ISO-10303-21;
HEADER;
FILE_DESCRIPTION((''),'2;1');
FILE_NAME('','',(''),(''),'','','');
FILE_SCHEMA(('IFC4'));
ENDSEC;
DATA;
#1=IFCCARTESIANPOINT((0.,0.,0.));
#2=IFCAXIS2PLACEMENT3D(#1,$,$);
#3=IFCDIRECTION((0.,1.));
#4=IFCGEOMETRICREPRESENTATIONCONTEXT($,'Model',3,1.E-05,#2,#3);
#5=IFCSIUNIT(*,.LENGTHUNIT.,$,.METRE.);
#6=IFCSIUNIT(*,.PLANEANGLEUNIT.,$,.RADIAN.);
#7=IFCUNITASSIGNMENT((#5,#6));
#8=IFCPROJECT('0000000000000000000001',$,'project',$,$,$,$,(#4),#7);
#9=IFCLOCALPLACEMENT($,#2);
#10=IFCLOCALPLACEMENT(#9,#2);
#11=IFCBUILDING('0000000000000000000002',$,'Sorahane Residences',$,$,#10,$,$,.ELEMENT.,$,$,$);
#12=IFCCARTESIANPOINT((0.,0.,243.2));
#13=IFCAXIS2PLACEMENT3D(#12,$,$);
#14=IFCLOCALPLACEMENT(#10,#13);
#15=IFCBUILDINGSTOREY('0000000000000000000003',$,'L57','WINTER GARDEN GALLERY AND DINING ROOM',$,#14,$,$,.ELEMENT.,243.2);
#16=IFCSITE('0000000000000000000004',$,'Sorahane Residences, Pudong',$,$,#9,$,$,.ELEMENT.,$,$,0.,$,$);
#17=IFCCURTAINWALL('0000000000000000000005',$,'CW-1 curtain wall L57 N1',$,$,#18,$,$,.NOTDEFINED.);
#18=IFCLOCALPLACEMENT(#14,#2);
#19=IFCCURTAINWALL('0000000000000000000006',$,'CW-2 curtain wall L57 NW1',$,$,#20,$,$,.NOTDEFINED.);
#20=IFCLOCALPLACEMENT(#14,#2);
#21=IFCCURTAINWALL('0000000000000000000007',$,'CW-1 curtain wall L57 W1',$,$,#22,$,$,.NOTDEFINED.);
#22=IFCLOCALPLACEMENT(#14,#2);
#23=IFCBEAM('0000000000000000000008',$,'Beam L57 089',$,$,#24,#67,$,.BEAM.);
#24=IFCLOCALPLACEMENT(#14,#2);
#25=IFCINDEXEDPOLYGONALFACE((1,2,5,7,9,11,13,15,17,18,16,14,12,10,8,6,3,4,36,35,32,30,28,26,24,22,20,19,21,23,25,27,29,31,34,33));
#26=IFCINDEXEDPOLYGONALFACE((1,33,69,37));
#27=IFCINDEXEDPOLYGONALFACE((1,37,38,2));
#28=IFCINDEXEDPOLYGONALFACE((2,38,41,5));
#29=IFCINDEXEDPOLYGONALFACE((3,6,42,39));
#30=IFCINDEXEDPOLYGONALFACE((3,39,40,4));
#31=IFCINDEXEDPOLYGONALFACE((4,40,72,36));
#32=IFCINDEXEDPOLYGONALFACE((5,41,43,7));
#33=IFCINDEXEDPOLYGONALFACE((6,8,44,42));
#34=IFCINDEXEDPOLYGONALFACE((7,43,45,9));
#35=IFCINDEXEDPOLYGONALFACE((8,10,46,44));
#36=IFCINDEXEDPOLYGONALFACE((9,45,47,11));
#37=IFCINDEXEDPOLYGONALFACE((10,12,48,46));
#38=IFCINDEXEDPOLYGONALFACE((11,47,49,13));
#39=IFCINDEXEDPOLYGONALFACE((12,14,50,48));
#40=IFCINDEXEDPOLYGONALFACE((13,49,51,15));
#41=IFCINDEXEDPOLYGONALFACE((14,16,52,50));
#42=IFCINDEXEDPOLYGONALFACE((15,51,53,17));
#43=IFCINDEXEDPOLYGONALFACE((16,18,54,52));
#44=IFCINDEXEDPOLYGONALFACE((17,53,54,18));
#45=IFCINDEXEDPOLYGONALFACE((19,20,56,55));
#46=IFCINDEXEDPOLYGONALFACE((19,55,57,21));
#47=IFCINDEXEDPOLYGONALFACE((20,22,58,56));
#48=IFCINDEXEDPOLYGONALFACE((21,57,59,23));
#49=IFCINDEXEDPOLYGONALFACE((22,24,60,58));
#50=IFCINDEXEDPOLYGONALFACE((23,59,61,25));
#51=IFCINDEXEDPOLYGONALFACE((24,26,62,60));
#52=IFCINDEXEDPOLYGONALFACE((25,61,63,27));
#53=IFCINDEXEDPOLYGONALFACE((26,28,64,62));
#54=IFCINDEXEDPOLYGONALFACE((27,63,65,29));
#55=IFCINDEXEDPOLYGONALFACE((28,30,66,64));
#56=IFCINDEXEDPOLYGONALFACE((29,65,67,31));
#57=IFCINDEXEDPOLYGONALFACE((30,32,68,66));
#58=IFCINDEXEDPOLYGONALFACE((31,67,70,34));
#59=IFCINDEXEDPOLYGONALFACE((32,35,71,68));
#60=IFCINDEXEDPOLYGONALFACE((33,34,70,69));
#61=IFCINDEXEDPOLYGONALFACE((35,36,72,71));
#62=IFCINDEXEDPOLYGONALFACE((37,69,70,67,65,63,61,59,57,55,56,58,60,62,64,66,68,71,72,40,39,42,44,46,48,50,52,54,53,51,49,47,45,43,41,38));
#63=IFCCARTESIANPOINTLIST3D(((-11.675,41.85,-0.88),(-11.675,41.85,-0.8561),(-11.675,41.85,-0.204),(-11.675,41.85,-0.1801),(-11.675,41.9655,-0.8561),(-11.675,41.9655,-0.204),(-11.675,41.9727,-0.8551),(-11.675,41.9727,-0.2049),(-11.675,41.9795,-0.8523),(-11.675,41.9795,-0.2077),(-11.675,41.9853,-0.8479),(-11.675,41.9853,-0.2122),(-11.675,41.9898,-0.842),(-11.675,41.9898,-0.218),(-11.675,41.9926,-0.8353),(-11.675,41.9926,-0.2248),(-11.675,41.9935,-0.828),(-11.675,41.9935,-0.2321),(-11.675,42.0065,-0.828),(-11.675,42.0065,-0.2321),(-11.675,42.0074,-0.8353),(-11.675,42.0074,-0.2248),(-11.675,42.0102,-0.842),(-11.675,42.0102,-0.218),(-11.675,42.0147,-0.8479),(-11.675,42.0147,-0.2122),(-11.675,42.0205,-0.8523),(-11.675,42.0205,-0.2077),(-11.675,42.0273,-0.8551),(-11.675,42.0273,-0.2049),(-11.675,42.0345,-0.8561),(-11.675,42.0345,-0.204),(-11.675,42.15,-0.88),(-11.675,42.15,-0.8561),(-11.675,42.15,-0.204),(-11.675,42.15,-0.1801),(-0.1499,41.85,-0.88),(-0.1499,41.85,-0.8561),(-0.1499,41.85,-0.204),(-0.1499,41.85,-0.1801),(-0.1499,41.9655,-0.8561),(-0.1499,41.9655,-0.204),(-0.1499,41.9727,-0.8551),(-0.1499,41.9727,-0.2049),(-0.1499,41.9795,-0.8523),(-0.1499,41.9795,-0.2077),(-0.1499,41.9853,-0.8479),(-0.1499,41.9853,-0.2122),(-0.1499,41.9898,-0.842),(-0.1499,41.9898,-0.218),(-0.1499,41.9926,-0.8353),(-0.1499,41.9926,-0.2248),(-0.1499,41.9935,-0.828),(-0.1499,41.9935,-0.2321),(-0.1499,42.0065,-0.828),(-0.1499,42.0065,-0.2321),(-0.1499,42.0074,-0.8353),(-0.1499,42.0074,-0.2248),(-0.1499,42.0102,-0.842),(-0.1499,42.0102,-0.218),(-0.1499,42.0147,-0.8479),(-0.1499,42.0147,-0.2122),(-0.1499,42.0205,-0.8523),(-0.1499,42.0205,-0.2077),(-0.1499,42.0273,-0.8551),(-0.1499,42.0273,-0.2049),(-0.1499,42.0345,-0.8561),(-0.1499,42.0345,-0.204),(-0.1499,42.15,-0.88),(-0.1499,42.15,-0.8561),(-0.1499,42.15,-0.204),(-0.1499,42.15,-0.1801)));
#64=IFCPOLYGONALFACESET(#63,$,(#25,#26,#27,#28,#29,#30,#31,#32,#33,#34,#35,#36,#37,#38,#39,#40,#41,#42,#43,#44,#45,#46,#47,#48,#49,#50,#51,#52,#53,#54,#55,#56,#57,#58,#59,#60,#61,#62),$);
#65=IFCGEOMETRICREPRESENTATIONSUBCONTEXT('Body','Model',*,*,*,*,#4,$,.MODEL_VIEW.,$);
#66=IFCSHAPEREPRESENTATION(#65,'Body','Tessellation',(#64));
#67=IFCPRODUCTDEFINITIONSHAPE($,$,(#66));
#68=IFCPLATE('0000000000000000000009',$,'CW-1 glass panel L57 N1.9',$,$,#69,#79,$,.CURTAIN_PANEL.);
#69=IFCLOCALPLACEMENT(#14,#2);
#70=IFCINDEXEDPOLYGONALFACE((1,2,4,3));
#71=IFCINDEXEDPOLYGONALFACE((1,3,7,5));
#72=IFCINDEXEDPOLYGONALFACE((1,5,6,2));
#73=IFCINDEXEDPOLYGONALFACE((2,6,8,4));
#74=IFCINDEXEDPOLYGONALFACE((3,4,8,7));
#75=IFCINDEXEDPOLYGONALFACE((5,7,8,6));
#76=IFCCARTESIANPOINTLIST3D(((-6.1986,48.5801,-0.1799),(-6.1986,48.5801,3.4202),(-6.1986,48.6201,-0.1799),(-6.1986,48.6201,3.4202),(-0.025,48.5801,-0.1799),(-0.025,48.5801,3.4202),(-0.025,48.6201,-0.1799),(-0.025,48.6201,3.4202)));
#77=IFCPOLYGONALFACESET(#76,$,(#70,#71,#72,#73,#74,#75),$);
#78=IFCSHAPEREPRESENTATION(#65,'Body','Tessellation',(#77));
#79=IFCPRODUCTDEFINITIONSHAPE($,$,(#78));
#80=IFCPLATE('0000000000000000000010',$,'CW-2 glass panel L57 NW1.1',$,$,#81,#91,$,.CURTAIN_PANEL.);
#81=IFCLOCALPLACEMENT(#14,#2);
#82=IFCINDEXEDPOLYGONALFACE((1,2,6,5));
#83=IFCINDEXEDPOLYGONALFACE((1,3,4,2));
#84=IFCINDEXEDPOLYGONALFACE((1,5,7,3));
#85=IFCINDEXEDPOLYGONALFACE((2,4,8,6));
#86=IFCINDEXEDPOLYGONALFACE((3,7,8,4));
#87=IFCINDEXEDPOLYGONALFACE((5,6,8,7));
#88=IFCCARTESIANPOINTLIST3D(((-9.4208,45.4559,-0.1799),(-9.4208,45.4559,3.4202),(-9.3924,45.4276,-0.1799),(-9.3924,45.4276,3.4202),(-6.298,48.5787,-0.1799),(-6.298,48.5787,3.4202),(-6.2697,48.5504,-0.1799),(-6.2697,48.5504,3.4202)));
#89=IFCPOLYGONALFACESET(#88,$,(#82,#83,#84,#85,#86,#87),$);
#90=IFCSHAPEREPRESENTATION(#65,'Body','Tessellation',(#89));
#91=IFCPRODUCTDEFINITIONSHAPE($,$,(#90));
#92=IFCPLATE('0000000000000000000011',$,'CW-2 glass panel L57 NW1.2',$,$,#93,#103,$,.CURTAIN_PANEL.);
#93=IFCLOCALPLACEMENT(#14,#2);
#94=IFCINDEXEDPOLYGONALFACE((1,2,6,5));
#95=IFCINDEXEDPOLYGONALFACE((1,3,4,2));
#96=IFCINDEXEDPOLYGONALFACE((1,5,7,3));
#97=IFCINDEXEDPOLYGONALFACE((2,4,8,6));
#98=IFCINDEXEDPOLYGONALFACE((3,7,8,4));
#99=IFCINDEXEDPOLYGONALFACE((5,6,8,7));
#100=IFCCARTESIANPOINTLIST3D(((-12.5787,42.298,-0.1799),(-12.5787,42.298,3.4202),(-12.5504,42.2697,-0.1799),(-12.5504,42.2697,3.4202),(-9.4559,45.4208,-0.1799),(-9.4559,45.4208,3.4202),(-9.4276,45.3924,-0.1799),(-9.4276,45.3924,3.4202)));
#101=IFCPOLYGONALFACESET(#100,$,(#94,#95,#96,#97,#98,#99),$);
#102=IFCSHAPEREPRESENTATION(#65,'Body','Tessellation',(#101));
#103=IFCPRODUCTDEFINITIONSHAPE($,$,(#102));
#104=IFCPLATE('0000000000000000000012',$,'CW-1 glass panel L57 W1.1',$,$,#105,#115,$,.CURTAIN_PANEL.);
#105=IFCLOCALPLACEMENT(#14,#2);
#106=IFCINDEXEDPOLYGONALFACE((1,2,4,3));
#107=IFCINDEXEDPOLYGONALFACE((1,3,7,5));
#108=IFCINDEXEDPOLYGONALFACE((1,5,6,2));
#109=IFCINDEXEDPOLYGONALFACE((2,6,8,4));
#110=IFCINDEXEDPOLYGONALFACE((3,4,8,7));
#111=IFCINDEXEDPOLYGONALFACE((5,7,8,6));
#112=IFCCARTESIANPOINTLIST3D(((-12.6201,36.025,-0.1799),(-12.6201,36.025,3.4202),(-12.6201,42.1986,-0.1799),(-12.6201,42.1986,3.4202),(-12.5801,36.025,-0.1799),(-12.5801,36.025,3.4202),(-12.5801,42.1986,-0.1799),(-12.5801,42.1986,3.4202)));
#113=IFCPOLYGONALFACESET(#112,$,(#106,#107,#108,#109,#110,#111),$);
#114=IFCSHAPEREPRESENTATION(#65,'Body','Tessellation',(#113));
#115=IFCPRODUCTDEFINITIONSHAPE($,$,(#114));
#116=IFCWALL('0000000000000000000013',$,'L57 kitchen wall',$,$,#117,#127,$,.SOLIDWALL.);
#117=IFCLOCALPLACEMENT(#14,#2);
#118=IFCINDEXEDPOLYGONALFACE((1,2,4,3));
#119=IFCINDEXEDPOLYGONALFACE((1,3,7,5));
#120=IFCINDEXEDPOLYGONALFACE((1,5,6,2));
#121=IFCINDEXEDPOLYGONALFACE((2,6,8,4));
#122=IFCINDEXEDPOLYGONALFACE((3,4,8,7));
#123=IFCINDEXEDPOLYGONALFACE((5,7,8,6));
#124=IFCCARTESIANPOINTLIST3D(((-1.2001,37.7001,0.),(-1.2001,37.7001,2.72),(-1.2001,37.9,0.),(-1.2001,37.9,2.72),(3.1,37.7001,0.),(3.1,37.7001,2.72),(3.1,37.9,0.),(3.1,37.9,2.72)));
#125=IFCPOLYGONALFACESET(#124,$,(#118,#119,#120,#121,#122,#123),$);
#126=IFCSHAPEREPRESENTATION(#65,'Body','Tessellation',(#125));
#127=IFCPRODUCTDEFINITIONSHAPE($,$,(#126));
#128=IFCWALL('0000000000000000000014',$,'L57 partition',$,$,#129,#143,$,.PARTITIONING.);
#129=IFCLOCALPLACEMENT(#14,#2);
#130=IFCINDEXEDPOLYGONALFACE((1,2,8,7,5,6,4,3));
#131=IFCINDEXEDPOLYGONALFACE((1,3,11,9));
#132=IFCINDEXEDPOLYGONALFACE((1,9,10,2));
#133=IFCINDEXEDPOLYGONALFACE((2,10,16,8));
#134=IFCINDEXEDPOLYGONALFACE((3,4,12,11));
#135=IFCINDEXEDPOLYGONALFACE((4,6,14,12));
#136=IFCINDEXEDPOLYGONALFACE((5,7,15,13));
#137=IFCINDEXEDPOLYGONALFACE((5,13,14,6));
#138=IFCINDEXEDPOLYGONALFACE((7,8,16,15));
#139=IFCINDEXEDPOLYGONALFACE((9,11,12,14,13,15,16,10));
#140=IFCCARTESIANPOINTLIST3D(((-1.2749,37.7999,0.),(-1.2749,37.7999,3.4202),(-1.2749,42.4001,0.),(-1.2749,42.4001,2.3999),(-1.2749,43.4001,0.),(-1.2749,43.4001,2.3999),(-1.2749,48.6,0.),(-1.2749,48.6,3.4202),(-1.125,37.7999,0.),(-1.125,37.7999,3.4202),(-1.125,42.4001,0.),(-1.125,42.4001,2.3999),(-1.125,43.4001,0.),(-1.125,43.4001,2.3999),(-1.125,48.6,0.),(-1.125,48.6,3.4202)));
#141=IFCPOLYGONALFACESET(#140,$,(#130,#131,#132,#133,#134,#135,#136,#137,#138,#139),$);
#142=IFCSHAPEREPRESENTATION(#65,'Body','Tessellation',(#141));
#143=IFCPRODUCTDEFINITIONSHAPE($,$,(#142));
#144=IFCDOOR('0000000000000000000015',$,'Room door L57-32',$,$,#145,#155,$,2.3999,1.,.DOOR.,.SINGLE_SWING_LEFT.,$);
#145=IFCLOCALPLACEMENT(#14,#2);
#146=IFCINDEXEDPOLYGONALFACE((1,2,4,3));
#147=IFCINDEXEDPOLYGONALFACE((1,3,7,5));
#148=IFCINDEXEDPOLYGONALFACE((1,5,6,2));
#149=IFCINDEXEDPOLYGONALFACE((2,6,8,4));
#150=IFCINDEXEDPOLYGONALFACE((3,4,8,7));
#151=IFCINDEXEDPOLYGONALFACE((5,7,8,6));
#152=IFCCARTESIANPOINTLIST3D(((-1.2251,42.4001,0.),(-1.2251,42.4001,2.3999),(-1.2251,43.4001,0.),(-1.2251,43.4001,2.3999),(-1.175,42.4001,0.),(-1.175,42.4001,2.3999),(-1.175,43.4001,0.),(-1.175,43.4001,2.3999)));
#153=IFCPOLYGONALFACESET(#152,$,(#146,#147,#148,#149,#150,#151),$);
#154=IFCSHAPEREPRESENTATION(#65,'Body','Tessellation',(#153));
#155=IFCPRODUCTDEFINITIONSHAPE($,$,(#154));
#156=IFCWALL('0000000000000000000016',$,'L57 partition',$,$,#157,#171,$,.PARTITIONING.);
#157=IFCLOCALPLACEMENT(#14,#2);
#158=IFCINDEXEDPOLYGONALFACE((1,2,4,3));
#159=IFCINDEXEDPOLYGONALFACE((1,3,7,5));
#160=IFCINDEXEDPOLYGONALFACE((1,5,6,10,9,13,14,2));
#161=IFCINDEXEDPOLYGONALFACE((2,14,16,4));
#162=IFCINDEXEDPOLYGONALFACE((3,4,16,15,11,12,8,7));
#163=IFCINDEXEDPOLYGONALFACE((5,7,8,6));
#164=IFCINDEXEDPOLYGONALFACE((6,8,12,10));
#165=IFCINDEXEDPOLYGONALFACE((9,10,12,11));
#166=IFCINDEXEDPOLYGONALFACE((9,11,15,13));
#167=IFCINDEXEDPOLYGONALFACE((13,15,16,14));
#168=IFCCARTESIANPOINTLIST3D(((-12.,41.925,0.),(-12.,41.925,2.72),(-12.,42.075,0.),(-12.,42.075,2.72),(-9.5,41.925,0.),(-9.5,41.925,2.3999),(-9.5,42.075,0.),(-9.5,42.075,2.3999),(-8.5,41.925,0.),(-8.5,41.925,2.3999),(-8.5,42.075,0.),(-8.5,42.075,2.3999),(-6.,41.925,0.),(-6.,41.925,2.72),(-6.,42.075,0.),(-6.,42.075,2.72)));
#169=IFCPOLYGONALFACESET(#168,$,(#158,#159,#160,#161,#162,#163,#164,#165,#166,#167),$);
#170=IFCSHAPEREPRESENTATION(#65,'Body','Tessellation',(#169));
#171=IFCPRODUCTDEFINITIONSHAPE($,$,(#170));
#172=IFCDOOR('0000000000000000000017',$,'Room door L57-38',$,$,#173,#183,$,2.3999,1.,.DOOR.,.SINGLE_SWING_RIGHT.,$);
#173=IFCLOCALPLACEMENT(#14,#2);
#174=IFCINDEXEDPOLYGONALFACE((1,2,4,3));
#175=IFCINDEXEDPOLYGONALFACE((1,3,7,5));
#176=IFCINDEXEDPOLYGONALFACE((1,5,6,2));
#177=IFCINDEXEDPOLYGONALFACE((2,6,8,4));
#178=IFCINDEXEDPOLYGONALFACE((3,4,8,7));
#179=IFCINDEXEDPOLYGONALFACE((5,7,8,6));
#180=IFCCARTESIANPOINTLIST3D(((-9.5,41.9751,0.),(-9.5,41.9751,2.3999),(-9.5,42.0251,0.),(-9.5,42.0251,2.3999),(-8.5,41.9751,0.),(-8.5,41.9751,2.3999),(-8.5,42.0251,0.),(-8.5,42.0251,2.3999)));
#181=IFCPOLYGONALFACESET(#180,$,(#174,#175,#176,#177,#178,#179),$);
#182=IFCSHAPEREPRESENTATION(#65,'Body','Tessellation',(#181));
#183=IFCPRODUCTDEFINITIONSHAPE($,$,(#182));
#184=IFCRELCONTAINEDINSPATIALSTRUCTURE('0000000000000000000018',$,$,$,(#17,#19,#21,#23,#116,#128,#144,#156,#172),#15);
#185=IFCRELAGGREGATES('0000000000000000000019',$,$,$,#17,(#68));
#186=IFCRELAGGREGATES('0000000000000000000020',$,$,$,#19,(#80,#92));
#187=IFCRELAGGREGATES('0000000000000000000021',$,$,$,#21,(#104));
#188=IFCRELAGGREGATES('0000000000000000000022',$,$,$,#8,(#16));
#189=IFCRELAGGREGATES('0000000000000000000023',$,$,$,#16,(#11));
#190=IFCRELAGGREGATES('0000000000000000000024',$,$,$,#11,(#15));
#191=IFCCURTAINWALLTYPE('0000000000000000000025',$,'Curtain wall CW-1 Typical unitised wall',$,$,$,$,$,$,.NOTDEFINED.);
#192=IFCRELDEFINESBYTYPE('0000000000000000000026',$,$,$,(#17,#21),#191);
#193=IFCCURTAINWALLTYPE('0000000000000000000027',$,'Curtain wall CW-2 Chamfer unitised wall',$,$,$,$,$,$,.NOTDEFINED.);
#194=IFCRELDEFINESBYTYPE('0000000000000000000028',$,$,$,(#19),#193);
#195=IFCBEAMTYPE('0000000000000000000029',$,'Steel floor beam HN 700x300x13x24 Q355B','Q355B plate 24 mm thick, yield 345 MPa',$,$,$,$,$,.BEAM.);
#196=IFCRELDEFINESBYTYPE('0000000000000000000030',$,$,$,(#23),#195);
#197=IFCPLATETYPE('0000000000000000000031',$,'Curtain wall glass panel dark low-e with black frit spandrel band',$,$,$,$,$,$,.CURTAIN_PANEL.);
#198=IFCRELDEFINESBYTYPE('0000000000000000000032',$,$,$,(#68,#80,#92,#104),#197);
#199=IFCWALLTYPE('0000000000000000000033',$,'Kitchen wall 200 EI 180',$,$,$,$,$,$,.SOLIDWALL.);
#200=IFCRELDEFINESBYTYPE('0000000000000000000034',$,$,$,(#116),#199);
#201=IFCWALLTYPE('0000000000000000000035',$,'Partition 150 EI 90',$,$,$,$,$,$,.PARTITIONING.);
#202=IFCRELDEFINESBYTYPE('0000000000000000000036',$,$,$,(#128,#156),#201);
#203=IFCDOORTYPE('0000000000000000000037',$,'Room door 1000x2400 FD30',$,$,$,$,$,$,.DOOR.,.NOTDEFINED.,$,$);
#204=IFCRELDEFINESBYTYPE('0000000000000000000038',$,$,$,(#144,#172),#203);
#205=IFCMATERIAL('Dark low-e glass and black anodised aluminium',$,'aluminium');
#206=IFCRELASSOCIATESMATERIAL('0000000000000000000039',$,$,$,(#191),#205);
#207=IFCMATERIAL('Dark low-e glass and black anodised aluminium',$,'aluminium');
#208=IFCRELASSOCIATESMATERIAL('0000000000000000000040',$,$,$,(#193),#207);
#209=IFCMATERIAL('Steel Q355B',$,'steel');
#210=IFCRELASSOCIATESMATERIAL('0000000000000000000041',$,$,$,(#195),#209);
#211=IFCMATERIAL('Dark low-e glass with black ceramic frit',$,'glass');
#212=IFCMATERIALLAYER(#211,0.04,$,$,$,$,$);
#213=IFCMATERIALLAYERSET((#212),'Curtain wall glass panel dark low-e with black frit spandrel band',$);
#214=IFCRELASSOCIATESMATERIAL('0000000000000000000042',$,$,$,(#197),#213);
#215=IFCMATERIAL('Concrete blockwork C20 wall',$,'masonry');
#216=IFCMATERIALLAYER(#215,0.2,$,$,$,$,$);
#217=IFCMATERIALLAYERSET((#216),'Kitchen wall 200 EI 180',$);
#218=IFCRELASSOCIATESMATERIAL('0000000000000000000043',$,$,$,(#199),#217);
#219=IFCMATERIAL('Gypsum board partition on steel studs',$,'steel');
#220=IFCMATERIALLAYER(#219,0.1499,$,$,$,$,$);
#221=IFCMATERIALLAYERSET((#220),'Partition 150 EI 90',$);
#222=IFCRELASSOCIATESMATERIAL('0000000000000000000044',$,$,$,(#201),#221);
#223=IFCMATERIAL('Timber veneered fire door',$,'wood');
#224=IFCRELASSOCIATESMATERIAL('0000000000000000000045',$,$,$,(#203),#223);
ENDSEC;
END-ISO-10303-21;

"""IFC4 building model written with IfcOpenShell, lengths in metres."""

from ifc_helpers import new_model, si_unit, direction, frame, frame_2d, origin, origin_2d, place, context, subcontext, project, spatial, rectangle, i_section, extrude, material, layer, layer_set, material_profile, profile_set, type_object, element, fill, aggregate, save


model = new_model("IFC4")

# Units and contexts
model_context = context("Model", 3, precision=1e-05, world=origin(), true_north=direction((0.0, 1.0)))
body_context = subcontext(model_context, "Body", "Model", "MODEL_VIEW")
ifc_project = project(units=[si_unit("LENGTHUNIT", "METRE"), si_unit("PLANEANGLEUNIT", "RADIAN")], contexts=[model_context])

# Site, building, storey
site_placement = place(None, origin())
site = spatial("IfcSite", under=ifc_project, at=site_placement, Name="Sorahane Residences, Pudong", CompositionType="ELEMENT", RefElevation=0.0)
building_placement = place(site_placement, origin())
building = spatial("IfcBuilding", under=site, at=building_placement, Name="Sorahane Residences", CompositionType="ELEMENT")
storey_placement = place(building_placement, frame((0.0, 0.0, 243.2)))
storey = spatial("IfcBuildingStorey", under=building, at=storey_placement, Name="L57", Description="WINTER GARDEN GALLERY AND DINING ROOM", CompositionType="ELEMENT", Elevation=243.2)

# Curtain walls
ifc_material_1 = material(Name="Dark low-e glass and black anodised aluminium", Category="aluminium")
curtain_wall_type_1 = type_object("IfcCurtainWallType", Name="Curtain wall CW-1 Typical unitised wall", PredefinedType="NOTDEFINED", material=ifc_material_1)
curtain_wall_1_placement = place(storey_placement, origin())
curtain_wall_1 = element("IfcCurtainWall", 1, at=curtain_wall_1_placement, inside=storey, type_object=curtain_wall_type_1, Name="CW-1 curtain wall L57 N1", PredefinedType="NOTDEFINED")
ifc_material_2 = material(Name="Dark low-e glass and black anodised aluminium", Category="aluminium")
curtain_wall_type_2 = type_object("IfcCurtainWallType", Name="Curtain wall CW-2 Chamfer unitised wall", PredefinedType="NOTDEFINED", material=ifc_material_2)
curtain_wall_2_placement = place(storey_placement, origin())
curtain_wall_2 = element("IfcCurtainWall", 2, at=curtain_wall_2_placement, inside=storey, type_object=curtain_wall_type_2, Name="CW-2 curtain wall L57 NW1", PredefinedType="NOTDEFINED")

# Curtain wall
curtain_wall_3_placement = place(storey_placement, origin())
curtain_wall_3 = element("IfcCurtainWall", 3, at=curtain_wall_3_placement, inside=storey, type_object=curtain_wall_type_1, Name="CW-1 curtain wall L57 W1", PredefinedType="NOTDEFINED")

# Beam
ifc_material_3 = material(Name="Steel Q355B", Category="steel")
ifc_material_profile_1 = material_profile(ifc_material_3, i_section(OverallWidth=0.3, OverallDepth=0.7, WebThickness=0.0129, FlangeThickness=0.0239, FilletRadius=0.0281, at=origin_2d()), Name="HN 700x300x13x24")
ifc_profile_set_1 = profile_set([ifc_material_profile_1], Name="Steel Q355B")
beam_type_1 = type_object("IfcBeamType", Name="Steel floor beam HN 700x300x13x24 Q355B", Description="Q355B plate 24 mm thick, yield 345 MPa", PredefinedType="BEAM", material=ifc_profile_set_1)
beam_1_placement = place(storey_placement, frame((-11.675, 42.0, -0.53), z_axis=(1.0, 0.0, 0.0), x_axis=(0.0, 1.0, 0.0)))
element("IfcBeam", 4, at=beam_1_placement, inside=storey, type_object=beam_type_1, Name="Beam L57 089", PredefinedType="BEAM", context=body_context, shape_type="SweptSolid", body=[
    extrude(i_section(OverallWidth=0.3, OverallDepth=0.7, WebThickness=0.0129, FlangeThickness=0.0239, FilletRadius=0.0281, at=origin_2d()), origin(), (0.0, 0.0, 1.0), 11.5251),
])

# Plates
ifc_material_4 = material(Name="Dark low-e glass with black ceramic frit", Category="glass")
ifc_layer_1 = layer(ifc_material_4, 0.04)
ifc_layer_set_1 = layer_set([ifc_layer_1], Name="Curtain wall glass panel dark low-e with black frit spandrel band")
plate_type = type_object("IfcPlateType", Name="Curtain wall glass panel dark low-e with black frit spandrel band", PredefinedType="CURTAIN_PANEL", material=ifc_layer_set_1)
plate_1_placement = place(storey_placement, frame((-3.1118, 48.6001, -0.1799), z_axis=(0.0, 0.0, 1.0), x_axis=(-1.0, 0.0, 0.0)))
plate_1 = element("IfcPlate", 5, at=plate_1_placement, type_object=plate_type, Name="CW-1 glass panel L57 N1.9", PredefinedType="CURTAIN_PANEL", context=body_context, shape_type="SweptSolid", body=[
    extrude(rectangle(XDim=6.1736, YDim=0.04, at=origin_2d()), origin(), (0.0, 0.0, 1.0), 3.6001),
])
aggregate(curtain_wall_1, [plate_1])
plate_2_placement = place(storey_placement, frame((-7.8452, 47.0032, -0.1799), z_axis=(0.0, 0.0, 1.0), x_axis=(-0.707107, -0.707107, 0.0)))
plate_2 = element("IfcPlate", 6, at=plate_2_placement, type_object=plate_type, Name="CW-2 glass panel L57 NW1.1", PredefinedType="CURTAIN_PANEL", context=body_context, shape_type="SweptSolid", body=[
    extrude(rectangle(XDim=4.4163, YDim=0.04, at=origin_2d()), origin(), (0.0, 0.0, 1.0), 3.6001),
])
plate_3_placement = place(storey_placement, frame((-11.0032, 43.8452, -0.1799), z_axis=(0.0, 0.0, 1.0), x_axis=(-0.707107, -0.707107, 0.0)))
plate_3 = element("IfcPlate", 7, at=plate_3_placement, type_object=plate_type, Name="CW-2 glass panel L57 NW1.2", PredefinedType="CURTAIN_PANEL", context=body_context, shape_type="SweptSolid", body=[
    extrude(rectangle(XDim=4.4163, YDim=0.04, at=origin_2d()), origin(), (0.0, 0.0, 1.0), 3.6001),
])
aggregate(curtain_wall_2, [plate_2, plate_3])
plate_4_placement = place(storey_placement, frame((-12.6001, 39.1118, -0.1799), z_axis=(0.0, 0.0, 1.0), x_axis=(0.0, -1.0, 0.0)))
plate_4 = element("IfcPlate", 8, at=plate_4_placement, type_object=plate_type, Name="CW-1 glass panel L57 W1.1", PredefinedType="CURTAIN_PANEL", context=body_context, shape_type="SweptSolid", body=[
    extrude(rectangle(XDim=6.1736, YDim=0.04, at=origin_2d()), origin(), (0.0, 0.0, 1.0), 3.6001),
])
aggregate(curtain_wall_3, [plate_4])

# Wall
ifc_material_5 = material(Name="Concrete blockwork C20 wall", Category="masonry")
ifc_layer_2 = layer(ifc_material_5, 0.2)
ifc_layer_set_2 = layer_set([ifc_layer_2], Name="Kitchen wall 200 EI 180")
wall_type_1 = type_object("IfcWallType", Name="Kitchen wall 200 EI 180", PredefinedType="SOLIDWALL", material=ifc_layer_set_2)
wall_1_placement = place(storey_placement, frame((-1.2, 37.8, 0.0), z_axis=(0.0, 0.0, 1.0), x_axis=(1.0, 0.0, 0.0)))
element("IfcWall", 9, at=wall_1_placement, inside=storey, type_object=wall_type_1, Name="L57 kitchen wall", PredefinedType="SOLIDWALL", context=body_context, shape_type="SweptSolid", body=[
    extrude(rectangle(XDim=4.3, YDim=0.2, at=frame_2d((2.1499, 0.0))), origin(), (0.0, 0.0, 1.0), 2.72),
])

# Walls, openings, doors
ifc_material_6 = material(Name="Gypsum board partition on steel studs", Category="steel")
ifc_layer_3 = layer(ifc_material_6, 0.1499)
ifc_layer_set_3 = layer_set([ifc_layer_3], Name="Partition 150 EI 90")
wall_type_2 = type_object("IfcWallType", Name="Partition 150 EI 90", PredefinedType="PARTITIONING", material=ifc_layer_set_3)
wall_2_placement = place(storey_placement, frame((-1.2, 37.8, 0.0), z_axis=(0.0, 0.0, 1.0), x_axis=(0.0, 1.0, 0.0)))
wall_2 = element("IfcWall", 10, at=wall_2_placement, inside=storey, type_object=wall_type_2, Name="L57 partition", PredefinedType="PARTITIONING", context=body_context, shape_type="SweptSolid", body=[
    extrude(rectangle(XDim=10.8, YDim=0.1499, at=frame_2d((5.3999, 0.0))), origin(), (0.0, 0.0, 1.0), 3.4202),
])
opening_1_placement = place(wall_2_placement, frame((4.6001, 0.0, 0.0)))
opening_1 = element("IfcOpeningElement", 11, at=opening_1_placement, cuts=wall_2, PredefinedType="OPENING", context=body_context, shape_type="SweptSolid", body=[
    extrude(rectangle(XDim=1.0, YDim=2.3999, at=frame_2d((0.5, 1.2))), frame((0.0, 0.085, 0.0), z_axis=(0.0, -1.0, 0.0), x_axis=(1.0, 0.0, 0.0)), (0.0, 0.0, 1.0), 0.1699),
])
ifc_material_7 = material(Name="Timber veneered fire door", Category="wood")
door_type = type_object("IfcDoorType", Name="Room door 1000x2400 FD30", OperationType="NOTDEFINED", PredefinedType="DOOR", material=ifc_material_7)
door_1_placement = place(opening_1_placement, frame((1.0, 0.0, 0.0), z_axis=(0.0, 0.0, 1.0), x_axis=(-1.0, 0.0, 0.0)))
door_1 = element("IfcDoor", 12, at=door_1_placement, inside=storey, type_object=door_type, Name="Room door L57-32", OperationType="SINGLE_SWING_LEFT", OverallHeight=2.3999, OverallWidth=1.0, PredefinedType="DOOR", context=body_context, shape_type="SweptSolid", body=[
    extrude(rectangle(XDim=1.0, YDim=2.3999, at=frame_2d((0.5, 1.2))), frame((0.0, 0.0249, 0.0), z_axis=(0.0, -1.0, 0.0), x_axis=(1.0, 0.0, 0.0)), (0.0, 0.0, 1.0), 0.05),
])
fill(opening_1, door_1)
wall_3_placement = place(storey_placement, frame((-12.0, 42.0, 0.0), z_axis=(0.0, 0.0, 1.0), x_axis=(1.0, 0.0, 0.0)))
wall_3 = element("IfcWall", 13, at=wall_3_placement, inside=storey, type_object=wall_type_2, Name="L57 partition", PredefinedType="PARTITIONING", context=body_context, shape_type="SweptSolid", body=[
    extrude(rectangle(XDim=6.0, YDim=0.1499, at=frame_2d((3.0, 0.0))), origin(), (0.0, 0.0, 1.0), 2.72),
])
opening_2_placement = place(wall_3_placement, frame((2.5, 0.0, 0.0)))
opening_2 = element("IfcOpeningElement", 14, at=opening_2_placement, cuts=wall_3, PredefinedType="OPENING", context=body_context, shape_type="SweptSolid", body=[
    extrude(rectangle(XDim=1.0, YDim=2.3999, at=frame_2d((0.5, 1.2))), frame((0.0, 0.085, 0.0), z_axis=(0.0, -1.0, 0.0), x_axis=(1.0, 0.0, 0.0)), (0.0, 0.0, 1.0), 0.1699),
])
door_2_placement = place(opening_2_placement, frame((1.0, 0.0, 0.0), z_axis=(0.0, 0.0, 1.0), x_axis=(-1.0, 0.0, 0.0)))
door_2 = element("IfcDoor", 15, at=door_2_placement, inside=storey, type_object=door_type, Name="Room door L57-38", OperationType="SINGLE_SWING_RIGHT", OverallHeight=2.3999, OverallWidth=1.0, PredefinedType="DOOR", context=body_context, shape_type="SweptSolid", body=[
    extrude(rectangle(XDim=1.0, YDim=2.3999, at=frame_2d((0.5, 1.2))), frame((0.0, 0.0249, 0.0), z_axis=(0.0, -1.0, 0.0), x_axis=(1.0, 0.0, 0.0)), (0.0, 0.0, 1.0), 0.05),
])
fill(opening_2, door_2)

save(model, "model.ifc")
